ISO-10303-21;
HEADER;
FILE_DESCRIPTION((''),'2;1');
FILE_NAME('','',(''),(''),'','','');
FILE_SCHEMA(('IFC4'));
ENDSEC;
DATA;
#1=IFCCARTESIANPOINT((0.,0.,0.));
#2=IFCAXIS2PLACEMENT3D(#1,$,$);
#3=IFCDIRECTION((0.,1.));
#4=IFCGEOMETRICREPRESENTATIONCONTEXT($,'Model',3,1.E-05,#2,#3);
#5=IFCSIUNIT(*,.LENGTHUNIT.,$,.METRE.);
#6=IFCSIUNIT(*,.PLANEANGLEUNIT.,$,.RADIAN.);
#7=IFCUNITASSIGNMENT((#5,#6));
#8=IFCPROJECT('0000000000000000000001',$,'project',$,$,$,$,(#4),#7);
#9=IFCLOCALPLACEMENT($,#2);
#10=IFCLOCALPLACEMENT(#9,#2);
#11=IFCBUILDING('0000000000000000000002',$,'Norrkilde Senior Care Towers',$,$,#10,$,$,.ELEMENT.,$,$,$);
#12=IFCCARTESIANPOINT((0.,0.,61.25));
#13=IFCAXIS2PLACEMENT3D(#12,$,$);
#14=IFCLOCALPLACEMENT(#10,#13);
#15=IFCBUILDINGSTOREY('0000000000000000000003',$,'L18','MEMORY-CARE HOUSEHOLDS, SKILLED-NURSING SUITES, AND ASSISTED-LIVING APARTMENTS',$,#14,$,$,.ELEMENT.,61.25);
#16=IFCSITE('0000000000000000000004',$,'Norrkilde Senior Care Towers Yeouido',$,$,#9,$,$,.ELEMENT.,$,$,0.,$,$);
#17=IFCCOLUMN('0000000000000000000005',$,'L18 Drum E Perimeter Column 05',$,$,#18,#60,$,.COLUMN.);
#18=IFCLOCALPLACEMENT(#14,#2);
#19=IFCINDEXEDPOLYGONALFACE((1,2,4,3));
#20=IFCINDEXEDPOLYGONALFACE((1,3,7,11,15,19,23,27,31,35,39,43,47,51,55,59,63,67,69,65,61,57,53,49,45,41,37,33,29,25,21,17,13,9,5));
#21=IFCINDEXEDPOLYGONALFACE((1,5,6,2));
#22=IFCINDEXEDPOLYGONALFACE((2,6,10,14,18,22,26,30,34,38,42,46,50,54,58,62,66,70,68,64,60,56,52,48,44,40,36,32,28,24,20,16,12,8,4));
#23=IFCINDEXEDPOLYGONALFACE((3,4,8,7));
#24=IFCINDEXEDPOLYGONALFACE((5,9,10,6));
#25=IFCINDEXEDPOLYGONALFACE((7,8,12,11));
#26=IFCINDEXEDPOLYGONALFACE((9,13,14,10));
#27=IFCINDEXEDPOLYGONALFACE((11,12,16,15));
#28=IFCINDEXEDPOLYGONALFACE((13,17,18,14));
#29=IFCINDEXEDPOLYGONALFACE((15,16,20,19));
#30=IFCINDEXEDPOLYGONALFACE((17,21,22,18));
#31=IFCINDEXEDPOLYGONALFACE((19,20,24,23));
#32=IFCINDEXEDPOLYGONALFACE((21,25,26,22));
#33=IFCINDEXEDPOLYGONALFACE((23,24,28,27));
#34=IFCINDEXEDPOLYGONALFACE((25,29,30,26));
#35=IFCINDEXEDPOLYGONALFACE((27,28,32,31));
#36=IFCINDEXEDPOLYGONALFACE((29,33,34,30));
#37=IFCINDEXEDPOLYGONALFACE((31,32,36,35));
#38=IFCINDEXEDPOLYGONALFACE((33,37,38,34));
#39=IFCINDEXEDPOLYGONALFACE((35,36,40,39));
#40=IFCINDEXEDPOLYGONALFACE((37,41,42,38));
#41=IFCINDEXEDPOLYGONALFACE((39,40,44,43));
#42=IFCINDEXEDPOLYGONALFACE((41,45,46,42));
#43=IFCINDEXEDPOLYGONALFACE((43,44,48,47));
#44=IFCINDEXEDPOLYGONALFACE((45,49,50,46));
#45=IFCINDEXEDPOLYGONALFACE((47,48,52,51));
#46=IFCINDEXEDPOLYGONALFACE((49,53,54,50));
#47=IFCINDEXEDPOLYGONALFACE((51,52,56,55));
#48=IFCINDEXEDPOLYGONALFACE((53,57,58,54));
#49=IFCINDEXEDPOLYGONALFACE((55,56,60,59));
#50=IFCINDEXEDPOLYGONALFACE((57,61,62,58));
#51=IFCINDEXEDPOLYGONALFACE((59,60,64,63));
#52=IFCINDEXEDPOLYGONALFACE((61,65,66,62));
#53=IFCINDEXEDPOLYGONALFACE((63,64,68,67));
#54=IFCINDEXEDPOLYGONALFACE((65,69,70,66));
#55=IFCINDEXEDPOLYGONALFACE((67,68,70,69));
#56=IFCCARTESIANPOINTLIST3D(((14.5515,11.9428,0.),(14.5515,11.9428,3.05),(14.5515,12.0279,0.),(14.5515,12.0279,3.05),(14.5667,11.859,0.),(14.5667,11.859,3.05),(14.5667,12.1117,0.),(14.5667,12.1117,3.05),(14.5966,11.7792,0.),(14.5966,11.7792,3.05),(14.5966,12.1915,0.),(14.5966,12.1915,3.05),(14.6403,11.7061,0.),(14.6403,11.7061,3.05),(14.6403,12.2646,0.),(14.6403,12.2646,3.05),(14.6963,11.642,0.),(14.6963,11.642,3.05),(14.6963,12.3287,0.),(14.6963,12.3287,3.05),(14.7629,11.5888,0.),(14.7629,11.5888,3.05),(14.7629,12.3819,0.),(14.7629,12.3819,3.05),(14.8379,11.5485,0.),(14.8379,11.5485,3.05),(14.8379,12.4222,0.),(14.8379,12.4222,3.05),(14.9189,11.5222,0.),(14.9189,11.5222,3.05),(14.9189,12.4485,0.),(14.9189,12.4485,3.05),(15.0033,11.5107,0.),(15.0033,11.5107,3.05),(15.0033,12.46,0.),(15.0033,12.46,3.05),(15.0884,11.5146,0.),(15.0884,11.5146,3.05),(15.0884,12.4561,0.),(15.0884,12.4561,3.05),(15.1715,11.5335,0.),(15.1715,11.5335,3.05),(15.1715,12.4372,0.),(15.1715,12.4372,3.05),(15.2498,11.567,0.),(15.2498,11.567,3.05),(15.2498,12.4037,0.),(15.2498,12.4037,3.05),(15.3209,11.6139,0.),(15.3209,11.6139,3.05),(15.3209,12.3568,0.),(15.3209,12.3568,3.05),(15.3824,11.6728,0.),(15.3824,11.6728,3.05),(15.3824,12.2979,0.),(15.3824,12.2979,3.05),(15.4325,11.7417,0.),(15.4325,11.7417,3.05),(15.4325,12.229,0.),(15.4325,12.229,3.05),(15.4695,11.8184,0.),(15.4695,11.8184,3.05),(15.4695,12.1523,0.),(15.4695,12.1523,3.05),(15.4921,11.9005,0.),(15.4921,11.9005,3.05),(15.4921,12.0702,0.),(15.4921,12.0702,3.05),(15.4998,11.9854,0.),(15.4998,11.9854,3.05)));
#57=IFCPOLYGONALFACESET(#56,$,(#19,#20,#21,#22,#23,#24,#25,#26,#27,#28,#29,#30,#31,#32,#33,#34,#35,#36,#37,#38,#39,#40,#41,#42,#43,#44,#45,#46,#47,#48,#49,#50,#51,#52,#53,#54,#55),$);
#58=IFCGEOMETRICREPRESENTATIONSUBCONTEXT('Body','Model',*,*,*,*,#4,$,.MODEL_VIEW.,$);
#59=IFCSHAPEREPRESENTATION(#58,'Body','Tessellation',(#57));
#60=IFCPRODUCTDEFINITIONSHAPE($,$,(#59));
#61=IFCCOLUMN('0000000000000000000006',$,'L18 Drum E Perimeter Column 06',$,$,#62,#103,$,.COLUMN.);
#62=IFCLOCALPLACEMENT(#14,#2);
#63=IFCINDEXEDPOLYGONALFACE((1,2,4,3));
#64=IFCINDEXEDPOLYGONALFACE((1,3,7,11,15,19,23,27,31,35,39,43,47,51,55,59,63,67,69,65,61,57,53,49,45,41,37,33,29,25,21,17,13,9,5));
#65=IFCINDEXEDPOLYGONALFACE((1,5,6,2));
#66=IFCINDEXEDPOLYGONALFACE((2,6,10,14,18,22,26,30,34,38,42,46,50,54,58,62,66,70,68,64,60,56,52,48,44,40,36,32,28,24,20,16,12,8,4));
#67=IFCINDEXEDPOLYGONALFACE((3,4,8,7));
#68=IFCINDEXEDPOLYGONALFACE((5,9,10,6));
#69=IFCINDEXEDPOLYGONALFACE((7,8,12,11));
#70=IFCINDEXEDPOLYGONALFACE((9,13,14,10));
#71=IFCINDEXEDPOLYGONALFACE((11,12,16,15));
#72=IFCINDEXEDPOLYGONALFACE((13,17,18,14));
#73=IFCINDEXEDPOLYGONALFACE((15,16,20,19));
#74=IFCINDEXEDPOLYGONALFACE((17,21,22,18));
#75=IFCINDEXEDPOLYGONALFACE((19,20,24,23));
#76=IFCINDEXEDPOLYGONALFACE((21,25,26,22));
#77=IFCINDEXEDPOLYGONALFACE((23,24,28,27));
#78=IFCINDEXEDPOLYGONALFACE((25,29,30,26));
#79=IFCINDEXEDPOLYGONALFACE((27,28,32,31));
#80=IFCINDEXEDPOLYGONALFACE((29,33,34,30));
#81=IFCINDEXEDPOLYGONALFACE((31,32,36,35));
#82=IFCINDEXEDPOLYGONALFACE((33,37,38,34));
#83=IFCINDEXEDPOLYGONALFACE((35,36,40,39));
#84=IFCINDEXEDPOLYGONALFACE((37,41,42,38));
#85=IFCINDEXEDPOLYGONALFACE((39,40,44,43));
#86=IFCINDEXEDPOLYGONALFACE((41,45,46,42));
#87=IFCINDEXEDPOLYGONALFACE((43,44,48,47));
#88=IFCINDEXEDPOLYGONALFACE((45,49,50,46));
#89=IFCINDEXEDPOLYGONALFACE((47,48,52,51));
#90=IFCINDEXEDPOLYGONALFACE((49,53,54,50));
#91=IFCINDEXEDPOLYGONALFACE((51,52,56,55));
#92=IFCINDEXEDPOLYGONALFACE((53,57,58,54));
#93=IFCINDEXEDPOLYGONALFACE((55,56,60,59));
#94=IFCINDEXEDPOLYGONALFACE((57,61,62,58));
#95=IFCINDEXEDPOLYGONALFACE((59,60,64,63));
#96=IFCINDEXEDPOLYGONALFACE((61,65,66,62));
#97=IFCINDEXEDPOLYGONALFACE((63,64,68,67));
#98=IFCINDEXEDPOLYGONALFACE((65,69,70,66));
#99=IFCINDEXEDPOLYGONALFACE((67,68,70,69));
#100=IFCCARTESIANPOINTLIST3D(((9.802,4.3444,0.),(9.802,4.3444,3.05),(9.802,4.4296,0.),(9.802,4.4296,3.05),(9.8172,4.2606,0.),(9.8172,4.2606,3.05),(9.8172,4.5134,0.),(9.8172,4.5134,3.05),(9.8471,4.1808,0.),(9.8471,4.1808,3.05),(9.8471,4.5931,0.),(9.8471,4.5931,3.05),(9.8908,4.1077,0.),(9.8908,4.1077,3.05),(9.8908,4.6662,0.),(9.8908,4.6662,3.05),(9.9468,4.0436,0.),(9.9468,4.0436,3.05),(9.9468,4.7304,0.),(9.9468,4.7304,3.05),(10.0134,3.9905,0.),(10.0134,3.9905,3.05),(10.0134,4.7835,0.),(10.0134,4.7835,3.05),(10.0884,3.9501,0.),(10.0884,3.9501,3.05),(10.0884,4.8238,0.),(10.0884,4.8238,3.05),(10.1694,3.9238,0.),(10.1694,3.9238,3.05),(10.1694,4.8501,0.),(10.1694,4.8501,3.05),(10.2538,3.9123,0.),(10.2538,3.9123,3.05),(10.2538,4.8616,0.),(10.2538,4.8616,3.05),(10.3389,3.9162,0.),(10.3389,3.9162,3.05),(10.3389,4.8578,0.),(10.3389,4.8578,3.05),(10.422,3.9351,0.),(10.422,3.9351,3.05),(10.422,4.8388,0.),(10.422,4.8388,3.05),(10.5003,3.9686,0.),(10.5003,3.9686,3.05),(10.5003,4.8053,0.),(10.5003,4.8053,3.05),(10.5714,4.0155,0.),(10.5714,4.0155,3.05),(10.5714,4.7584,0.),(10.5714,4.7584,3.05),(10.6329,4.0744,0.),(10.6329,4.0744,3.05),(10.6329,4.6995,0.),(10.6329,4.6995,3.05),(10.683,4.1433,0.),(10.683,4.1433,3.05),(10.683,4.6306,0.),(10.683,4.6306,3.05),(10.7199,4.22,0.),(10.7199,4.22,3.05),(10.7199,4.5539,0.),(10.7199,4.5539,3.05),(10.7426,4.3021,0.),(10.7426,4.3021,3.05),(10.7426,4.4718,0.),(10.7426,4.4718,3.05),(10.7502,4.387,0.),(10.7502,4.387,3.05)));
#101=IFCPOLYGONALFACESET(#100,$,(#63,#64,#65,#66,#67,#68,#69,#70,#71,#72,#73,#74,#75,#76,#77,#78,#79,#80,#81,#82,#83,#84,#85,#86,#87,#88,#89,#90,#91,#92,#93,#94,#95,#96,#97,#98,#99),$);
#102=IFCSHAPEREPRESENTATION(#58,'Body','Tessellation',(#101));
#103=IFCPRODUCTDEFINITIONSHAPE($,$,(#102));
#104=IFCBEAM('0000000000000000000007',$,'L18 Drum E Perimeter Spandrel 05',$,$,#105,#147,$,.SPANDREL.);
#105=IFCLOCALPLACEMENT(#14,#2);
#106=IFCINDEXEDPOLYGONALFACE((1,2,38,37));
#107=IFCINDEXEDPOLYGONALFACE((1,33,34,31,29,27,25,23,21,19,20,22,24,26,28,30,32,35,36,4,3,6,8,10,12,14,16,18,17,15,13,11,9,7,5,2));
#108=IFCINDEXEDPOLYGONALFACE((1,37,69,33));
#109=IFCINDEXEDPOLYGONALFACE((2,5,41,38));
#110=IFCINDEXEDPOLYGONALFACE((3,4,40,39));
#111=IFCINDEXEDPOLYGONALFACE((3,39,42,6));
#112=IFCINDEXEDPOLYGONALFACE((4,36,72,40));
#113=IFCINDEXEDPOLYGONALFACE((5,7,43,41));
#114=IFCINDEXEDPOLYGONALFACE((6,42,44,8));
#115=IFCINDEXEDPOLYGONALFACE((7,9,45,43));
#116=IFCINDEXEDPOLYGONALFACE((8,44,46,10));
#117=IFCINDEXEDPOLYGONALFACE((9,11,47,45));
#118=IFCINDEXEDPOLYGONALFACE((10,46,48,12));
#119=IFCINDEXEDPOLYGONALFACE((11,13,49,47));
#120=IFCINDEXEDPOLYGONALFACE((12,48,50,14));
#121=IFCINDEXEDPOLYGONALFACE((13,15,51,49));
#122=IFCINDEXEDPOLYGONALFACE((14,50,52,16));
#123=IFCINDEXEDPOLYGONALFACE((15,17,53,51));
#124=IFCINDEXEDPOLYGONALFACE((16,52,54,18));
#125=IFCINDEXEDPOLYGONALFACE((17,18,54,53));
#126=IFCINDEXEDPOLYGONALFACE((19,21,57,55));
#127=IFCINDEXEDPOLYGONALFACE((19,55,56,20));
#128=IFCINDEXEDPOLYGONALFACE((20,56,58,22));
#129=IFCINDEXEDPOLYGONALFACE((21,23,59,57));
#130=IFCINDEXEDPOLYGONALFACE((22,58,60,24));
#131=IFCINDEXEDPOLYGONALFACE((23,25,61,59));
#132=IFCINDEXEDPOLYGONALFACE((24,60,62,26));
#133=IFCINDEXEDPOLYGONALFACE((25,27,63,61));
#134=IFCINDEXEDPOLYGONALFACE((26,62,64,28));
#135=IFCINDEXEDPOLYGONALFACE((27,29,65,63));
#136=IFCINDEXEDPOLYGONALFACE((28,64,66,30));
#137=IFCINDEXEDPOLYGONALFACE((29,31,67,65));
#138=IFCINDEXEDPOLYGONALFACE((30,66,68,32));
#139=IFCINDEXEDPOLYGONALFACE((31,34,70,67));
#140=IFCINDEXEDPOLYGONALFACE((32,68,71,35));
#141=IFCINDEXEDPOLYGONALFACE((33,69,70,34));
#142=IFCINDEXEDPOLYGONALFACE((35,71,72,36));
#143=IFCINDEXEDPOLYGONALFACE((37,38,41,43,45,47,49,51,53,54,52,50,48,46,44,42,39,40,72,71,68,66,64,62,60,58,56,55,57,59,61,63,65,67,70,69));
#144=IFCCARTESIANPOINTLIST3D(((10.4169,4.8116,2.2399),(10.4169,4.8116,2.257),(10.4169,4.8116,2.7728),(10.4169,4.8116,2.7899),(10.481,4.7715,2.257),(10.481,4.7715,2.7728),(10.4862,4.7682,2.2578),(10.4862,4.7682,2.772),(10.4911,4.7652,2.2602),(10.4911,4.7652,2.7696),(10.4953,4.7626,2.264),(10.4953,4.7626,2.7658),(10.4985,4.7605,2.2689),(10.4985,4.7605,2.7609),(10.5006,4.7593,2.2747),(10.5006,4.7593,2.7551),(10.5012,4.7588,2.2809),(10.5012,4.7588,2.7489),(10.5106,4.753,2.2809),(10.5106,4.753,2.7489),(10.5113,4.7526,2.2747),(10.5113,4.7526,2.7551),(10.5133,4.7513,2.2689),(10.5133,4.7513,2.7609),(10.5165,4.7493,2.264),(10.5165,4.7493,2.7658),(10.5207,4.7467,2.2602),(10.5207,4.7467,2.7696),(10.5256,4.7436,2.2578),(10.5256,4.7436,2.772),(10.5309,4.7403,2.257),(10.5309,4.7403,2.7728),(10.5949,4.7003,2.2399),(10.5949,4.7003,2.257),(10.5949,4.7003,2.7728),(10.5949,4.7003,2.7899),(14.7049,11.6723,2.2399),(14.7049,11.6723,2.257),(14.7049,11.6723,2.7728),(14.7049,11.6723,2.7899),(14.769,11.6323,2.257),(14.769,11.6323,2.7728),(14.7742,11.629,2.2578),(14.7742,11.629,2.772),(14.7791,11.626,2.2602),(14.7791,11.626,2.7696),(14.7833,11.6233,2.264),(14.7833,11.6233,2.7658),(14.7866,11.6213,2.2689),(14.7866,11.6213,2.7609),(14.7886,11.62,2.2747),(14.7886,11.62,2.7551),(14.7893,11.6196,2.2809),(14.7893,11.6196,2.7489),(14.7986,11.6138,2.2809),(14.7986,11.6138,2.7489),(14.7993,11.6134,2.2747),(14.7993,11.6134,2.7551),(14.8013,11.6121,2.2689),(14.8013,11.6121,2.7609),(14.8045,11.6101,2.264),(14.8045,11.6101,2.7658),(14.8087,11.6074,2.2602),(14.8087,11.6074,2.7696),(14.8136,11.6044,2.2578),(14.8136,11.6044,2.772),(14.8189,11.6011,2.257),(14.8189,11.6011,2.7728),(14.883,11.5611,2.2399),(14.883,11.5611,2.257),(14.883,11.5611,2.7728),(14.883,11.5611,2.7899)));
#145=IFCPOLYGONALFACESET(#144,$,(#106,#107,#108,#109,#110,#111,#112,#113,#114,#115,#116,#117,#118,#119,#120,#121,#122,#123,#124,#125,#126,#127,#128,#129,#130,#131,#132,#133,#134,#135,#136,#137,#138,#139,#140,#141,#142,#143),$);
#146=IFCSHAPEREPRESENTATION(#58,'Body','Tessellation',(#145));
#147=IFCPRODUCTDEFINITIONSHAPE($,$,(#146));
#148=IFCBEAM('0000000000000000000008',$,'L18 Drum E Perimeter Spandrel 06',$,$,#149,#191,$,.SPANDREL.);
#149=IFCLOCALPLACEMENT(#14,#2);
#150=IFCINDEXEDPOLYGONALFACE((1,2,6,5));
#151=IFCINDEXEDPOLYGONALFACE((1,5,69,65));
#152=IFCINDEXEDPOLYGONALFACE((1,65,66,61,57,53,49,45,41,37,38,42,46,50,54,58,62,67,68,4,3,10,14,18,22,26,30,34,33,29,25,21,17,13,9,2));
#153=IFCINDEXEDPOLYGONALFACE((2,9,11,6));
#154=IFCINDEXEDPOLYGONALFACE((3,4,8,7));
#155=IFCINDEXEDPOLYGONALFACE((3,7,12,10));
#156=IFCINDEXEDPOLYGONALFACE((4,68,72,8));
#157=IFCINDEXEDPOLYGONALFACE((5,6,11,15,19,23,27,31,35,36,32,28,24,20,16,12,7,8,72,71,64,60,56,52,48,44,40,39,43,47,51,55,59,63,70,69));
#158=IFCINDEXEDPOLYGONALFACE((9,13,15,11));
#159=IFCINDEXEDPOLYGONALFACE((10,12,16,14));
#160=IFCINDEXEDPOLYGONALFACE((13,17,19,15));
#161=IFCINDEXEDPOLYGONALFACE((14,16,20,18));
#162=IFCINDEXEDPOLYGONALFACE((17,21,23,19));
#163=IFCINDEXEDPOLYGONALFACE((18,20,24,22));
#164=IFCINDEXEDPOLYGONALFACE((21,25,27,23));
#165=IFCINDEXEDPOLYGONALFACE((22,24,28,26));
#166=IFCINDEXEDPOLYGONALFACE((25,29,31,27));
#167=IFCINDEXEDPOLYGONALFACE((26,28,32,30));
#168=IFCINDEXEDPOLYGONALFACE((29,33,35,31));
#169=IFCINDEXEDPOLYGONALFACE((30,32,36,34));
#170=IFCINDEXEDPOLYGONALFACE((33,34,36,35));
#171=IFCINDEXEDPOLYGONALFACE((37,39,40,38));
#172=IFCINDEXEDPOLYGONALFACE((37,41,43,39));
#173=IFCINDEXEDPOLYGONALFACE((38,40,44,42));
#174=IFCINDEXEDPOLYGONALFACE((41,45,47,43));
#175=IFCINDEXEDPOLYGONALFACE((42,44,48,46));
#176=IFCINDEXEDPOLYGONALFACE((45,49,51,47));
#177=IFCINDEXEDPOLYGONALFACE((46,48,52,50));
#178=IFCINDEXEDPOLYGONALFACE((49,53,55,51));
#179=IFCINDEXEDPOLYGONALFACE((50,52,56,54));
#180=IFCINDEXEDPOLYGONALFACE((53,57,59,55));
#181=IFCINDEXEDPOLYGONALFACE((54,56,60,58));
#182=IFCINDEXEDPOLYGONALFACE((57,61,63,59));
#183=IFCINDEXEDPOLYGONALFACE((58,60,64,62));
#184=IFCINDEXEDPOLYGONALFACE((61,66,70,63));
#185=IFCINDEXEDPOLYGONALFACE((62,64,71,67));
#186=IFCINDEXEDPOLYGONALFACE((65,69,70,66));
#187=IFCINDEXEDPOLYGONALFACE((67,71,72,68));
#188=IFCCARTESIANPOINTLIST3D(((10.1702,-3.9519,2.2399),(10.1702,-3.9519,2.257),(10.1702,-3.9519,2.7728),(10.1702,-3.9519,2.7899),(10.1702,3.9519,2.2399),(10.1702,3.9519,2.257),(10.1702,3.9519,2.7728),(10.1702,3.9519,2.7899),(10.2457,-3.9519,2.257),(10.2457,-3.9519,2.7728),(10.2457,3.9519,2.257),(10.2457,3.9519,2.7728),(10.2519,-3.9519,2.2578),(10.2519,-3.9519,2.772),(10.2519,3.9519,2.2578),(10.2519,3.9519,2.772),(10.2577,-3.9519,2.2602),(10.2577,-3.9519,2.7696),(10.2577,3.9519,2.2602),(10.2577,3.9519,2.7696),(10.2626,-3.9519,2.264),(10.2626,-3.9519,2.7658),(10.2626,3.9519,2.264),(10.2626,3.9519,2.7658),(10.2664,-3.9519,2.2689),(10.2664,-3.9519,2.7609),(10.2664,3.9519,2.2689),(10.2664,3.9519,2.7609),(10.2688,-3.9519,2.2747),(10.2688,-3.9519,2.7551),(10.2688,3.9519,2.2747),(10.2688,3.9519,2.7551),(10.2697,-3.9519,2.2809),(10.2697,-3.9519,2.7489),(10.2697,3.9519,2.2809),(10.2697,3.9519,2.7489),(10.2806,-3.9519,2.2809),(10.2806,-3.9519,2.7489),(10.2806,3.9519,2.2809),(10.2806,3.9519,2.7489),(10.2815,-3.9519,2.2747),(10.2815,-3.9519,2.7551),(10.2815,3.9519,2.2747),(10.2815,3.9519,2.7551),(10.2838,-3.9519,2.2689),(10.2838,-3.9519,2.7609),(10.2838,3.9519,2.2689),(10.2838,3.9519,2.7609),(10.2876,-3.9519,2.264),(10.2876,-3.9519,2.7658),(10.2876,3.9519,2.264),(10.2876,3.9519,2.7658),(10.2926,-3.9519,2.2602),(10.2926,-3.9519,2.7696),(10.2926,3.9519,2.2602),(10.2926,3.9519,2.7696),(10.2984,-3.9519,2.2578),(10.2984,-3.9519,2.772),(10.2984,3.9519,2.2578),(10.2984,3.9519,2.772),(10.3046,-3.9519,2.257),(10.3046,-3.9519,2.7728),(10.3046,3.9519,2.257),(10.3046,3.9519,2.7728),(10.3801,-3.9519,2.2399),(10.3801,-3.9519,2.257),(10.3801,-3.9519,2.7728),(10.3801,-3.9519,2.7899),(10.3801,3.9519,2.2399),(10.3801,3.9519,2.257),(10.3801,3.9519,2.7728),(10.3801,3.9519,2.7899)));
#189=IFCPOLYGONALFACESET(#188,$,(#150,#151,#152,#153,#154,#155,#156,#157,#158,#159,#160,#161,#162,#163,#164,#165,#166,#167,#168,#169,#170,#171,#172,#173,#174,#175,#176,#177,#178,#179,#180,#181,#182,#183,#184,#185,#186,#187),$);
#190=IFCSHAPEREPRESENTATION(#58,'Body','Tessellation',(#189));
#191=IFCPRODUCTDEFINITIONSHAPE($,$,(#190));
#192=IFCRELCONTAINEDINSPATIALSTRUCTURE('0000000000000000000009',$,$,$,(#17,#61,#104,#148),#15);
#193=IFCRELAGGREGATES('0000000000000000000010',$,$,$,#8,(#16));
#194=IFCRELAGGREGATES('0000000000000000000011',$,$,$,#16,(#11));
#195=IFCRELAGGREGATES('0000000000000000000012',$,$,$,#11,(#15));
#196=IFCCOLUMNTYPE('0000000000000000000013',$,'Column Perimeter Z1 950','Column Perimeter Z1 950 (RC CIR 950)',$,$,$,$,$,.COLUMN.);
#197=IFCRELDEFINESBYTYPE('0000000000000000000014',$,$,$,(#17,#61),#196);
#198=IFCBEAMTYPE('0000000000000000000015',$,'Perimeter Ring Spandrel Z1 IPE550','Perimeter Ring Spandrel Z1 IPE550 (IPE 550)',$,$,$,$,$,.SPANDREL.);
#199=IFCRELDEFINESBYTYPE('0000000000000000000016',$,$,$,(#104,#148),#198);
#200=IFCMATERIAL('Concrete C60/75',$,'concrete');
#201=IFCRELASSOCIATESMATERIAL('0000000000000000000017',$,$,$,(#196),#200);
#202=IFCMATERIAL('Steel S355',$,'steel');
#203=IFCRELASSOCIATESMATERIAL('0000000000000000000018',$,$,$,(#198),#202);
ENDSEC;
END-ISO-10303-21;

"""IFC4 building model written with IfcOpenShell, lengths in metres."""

from ifc_helpers import new_model, si_unit, direction, frame, origin, origin_2d, place, context, subcontext, project, spatial, circle, i_section, extrude, source, transform, mapped, material, material_profile, profile_set, type_object, type_shapes, element, save


model = new_model("IFC4")

# Units and contexts
model_context = context("Model", 3, precision=1e-05, world=origin(), true_north=direction((0.0, 1.0)))
body_context = subcontext(model_context, "Body", "Model", "MODEL_VIEW")
ifc_project = project(units=[si_unit("LENGTHUNIT", "METRE"), si_unit("PLANEANGLEUNIT", "RADIAN")], contexts=[model_context])

# Site, building, storey
site_placement = place(None, origin())
site = spatial("IfcSite", under=ifc_project, at=site_placement, Name="Norrkilde Senior Care Towers Yeouido", CompositionType="ELEMENT", RefElevation=0.0)
building_placement = place(site_placement, origin())
building = spatial("IfcBuilding", under=site, at=building_placement, Name="Norrkilde Senior Care Towers", CompositionType="ELEMENT")
storey_placement = place(building_placement, frame((0.0, 0.0, 61.25)))
storey = spatial("IfcBuildingStorey", under=building, at=storey_placement, Name="L18", Description="MEMORY-CARE HOUSEHOLDS, SKILLED-NURSING SUITES, AND ASSISTED-LIVING APARTMENTS", CompositionType="ELEMENT", Elevation=61.25)

# Columns
ifc_material_1 = material(Name="Concrete C60/75", Category="concrete")
ifc_material_profile_1 = material_profile(ifc_material_1, circle(Radius=0.4751, at=origin_2d()), Name="RC CIR 950")
ifc_profile_set_1 = profile_set([ifc_material_profile_1], Name="Concrete C60/75")
column_type = type_object("IfcColumnType", Name="Column Perimeter Z1 950", Description="Column Perimeter Z1 950 (RC CIR 950)", PredefinedType="COLUMN", material=ifc_profile_set_1)
shared_shape_1 = source(origin(), body_context, "Body", "SweptSolid", [
    extrude(circle(Radius=0.4751, at=origin_2d()), origin(), (0.0, 0.0, 1.0), 3.05),
])
type_shapes(column_type, [shared_shape_1])
for number, where, z_axis, x_axis, name in (
    (1, (15.0247, 11.9854, 0.0), (0.0, 0.0, 1.0), (1.0, 0.0, 0.0), "L18 Drum E Perimeter Column 05"),
    (2, (10.2751, 4.387, 0.0), (0.0, 0.0, 1.0), (1.0, 0.0, 0.0), "L18 Drum E Perimeter Column 06"),
):
    element("IfcColumn", number, at=place(storey_placement, frame(where, z_axis=z_axis, x_axis=x_axis)), inside=storey, type_object=column_type, Name=name, PredefinedType="COLUMN", context=body_context, shape_type="MappedRepresentation", body=[
        mapped(shared_shape_1, transform((0.0, 0.0, 0.0), x_axis=(1.0, 0.0, 0.0), y_axis=(0.0, 1.0, 0.0), z_axis=(0.0, 0.0, 1.0), scale=1.0)),
    ])

# Beams
ifc_material_2 = material(Name="Steel S355", Category="steel")
ifc_material_profile_2 = material_profile(ifc_material_2, i_section(OverallWidth=0.21, OverallDepth=0.55, WebThickness=0.011, FlangeThickness=0.0171, FilletRadius=0.0239, at=origin_2d()), Name="IPE 550")
ifc_profile_set_2 = profile_set([ifc_material_profile_2], Name="Steel S355")
beam_type = type_object("IfcBeamType", Name="Perimeter Ring Spandrel Z1 IPE550", Description="Perimeter Ring Spandrel Z1 IPE550 (IPE 550)", PredefinedType="SPANDREL", material=ifc_profile_set_2)
shared_shape_2 = source(origin(), body_context, "Body", "SweptSolid", [
    extrude(i_section(OverallWidth=0.21, OverallDepth=0.55, WebThickness=0.011, FlangeThickness=0.0171, FilletRadius=0.0239, at=origin_2d()), origin(), (0.0, 0.0, 1.0), 8.0906),
])
beam_1_placement = place(storey_placement, frame((14.7939, 11.6167, 2.5149), z_axis=(-0.530004, -0.847995, 0.0), x_axis=(0.847995, -0.530004, 0.0)))
element("IfcBeam", 3, at=beam_1_placement, inside=storey, type_object=beam_type, Name="L18 Drum E Perimeter Spandrel 05", PredefinedType="SPANDREL", context=body_context, shape_type="MappedRepresentation", body=[
    mapped(shared_shape_2, transform((0.0, 0.0, 0.0), x_axis=(1.0, 0.0, 0.0), y_axis=(0.0, 1.0, 0.0), z_axis=(0.0, 0.0, 1.0), scale=1.0)),
])
shared_shape_3 = source(origin(), body_context, "Body", "SweptSolid", [
    extrude(i_section(OverallWidth=0.21, OverallDepth=0.55, WebThickness=0.011, FlangeThickness=0.0171, FilletRadius=0.0239, at=origin_2d()), origin(), (0.0, 0.0, 1.0), 7.9038),
])
type_shapes(beam_type, [shared_shape_2, shared_shape_3])
beam_2_placement = place(storey_placement, frame((10.2751, 3.9519, 2.5149), z_axis=(0.0, -1.0, 0.0), x_axis=(1.0, 0.0, 0.0)))
element("IfcBeam", 4, at=beam_2_placement, inside=storey, type_object=beam_type, Name="L18 Drum E Perimeter Spandrel 06", PredefinedType="SPANDREL", context=body_context, shape_type="MappedRepresentation", body=[
    mapped(shared_shape_3, transform((0.0, 0.0, 0.0), x_axis=(1.0, 0.0, 0.0), y_axis=(0.0, 1.0, 0.0), z_axis=(0.0, 0.0, 1.0), scale=1.0)),
])

save(model, "model.ifc")
